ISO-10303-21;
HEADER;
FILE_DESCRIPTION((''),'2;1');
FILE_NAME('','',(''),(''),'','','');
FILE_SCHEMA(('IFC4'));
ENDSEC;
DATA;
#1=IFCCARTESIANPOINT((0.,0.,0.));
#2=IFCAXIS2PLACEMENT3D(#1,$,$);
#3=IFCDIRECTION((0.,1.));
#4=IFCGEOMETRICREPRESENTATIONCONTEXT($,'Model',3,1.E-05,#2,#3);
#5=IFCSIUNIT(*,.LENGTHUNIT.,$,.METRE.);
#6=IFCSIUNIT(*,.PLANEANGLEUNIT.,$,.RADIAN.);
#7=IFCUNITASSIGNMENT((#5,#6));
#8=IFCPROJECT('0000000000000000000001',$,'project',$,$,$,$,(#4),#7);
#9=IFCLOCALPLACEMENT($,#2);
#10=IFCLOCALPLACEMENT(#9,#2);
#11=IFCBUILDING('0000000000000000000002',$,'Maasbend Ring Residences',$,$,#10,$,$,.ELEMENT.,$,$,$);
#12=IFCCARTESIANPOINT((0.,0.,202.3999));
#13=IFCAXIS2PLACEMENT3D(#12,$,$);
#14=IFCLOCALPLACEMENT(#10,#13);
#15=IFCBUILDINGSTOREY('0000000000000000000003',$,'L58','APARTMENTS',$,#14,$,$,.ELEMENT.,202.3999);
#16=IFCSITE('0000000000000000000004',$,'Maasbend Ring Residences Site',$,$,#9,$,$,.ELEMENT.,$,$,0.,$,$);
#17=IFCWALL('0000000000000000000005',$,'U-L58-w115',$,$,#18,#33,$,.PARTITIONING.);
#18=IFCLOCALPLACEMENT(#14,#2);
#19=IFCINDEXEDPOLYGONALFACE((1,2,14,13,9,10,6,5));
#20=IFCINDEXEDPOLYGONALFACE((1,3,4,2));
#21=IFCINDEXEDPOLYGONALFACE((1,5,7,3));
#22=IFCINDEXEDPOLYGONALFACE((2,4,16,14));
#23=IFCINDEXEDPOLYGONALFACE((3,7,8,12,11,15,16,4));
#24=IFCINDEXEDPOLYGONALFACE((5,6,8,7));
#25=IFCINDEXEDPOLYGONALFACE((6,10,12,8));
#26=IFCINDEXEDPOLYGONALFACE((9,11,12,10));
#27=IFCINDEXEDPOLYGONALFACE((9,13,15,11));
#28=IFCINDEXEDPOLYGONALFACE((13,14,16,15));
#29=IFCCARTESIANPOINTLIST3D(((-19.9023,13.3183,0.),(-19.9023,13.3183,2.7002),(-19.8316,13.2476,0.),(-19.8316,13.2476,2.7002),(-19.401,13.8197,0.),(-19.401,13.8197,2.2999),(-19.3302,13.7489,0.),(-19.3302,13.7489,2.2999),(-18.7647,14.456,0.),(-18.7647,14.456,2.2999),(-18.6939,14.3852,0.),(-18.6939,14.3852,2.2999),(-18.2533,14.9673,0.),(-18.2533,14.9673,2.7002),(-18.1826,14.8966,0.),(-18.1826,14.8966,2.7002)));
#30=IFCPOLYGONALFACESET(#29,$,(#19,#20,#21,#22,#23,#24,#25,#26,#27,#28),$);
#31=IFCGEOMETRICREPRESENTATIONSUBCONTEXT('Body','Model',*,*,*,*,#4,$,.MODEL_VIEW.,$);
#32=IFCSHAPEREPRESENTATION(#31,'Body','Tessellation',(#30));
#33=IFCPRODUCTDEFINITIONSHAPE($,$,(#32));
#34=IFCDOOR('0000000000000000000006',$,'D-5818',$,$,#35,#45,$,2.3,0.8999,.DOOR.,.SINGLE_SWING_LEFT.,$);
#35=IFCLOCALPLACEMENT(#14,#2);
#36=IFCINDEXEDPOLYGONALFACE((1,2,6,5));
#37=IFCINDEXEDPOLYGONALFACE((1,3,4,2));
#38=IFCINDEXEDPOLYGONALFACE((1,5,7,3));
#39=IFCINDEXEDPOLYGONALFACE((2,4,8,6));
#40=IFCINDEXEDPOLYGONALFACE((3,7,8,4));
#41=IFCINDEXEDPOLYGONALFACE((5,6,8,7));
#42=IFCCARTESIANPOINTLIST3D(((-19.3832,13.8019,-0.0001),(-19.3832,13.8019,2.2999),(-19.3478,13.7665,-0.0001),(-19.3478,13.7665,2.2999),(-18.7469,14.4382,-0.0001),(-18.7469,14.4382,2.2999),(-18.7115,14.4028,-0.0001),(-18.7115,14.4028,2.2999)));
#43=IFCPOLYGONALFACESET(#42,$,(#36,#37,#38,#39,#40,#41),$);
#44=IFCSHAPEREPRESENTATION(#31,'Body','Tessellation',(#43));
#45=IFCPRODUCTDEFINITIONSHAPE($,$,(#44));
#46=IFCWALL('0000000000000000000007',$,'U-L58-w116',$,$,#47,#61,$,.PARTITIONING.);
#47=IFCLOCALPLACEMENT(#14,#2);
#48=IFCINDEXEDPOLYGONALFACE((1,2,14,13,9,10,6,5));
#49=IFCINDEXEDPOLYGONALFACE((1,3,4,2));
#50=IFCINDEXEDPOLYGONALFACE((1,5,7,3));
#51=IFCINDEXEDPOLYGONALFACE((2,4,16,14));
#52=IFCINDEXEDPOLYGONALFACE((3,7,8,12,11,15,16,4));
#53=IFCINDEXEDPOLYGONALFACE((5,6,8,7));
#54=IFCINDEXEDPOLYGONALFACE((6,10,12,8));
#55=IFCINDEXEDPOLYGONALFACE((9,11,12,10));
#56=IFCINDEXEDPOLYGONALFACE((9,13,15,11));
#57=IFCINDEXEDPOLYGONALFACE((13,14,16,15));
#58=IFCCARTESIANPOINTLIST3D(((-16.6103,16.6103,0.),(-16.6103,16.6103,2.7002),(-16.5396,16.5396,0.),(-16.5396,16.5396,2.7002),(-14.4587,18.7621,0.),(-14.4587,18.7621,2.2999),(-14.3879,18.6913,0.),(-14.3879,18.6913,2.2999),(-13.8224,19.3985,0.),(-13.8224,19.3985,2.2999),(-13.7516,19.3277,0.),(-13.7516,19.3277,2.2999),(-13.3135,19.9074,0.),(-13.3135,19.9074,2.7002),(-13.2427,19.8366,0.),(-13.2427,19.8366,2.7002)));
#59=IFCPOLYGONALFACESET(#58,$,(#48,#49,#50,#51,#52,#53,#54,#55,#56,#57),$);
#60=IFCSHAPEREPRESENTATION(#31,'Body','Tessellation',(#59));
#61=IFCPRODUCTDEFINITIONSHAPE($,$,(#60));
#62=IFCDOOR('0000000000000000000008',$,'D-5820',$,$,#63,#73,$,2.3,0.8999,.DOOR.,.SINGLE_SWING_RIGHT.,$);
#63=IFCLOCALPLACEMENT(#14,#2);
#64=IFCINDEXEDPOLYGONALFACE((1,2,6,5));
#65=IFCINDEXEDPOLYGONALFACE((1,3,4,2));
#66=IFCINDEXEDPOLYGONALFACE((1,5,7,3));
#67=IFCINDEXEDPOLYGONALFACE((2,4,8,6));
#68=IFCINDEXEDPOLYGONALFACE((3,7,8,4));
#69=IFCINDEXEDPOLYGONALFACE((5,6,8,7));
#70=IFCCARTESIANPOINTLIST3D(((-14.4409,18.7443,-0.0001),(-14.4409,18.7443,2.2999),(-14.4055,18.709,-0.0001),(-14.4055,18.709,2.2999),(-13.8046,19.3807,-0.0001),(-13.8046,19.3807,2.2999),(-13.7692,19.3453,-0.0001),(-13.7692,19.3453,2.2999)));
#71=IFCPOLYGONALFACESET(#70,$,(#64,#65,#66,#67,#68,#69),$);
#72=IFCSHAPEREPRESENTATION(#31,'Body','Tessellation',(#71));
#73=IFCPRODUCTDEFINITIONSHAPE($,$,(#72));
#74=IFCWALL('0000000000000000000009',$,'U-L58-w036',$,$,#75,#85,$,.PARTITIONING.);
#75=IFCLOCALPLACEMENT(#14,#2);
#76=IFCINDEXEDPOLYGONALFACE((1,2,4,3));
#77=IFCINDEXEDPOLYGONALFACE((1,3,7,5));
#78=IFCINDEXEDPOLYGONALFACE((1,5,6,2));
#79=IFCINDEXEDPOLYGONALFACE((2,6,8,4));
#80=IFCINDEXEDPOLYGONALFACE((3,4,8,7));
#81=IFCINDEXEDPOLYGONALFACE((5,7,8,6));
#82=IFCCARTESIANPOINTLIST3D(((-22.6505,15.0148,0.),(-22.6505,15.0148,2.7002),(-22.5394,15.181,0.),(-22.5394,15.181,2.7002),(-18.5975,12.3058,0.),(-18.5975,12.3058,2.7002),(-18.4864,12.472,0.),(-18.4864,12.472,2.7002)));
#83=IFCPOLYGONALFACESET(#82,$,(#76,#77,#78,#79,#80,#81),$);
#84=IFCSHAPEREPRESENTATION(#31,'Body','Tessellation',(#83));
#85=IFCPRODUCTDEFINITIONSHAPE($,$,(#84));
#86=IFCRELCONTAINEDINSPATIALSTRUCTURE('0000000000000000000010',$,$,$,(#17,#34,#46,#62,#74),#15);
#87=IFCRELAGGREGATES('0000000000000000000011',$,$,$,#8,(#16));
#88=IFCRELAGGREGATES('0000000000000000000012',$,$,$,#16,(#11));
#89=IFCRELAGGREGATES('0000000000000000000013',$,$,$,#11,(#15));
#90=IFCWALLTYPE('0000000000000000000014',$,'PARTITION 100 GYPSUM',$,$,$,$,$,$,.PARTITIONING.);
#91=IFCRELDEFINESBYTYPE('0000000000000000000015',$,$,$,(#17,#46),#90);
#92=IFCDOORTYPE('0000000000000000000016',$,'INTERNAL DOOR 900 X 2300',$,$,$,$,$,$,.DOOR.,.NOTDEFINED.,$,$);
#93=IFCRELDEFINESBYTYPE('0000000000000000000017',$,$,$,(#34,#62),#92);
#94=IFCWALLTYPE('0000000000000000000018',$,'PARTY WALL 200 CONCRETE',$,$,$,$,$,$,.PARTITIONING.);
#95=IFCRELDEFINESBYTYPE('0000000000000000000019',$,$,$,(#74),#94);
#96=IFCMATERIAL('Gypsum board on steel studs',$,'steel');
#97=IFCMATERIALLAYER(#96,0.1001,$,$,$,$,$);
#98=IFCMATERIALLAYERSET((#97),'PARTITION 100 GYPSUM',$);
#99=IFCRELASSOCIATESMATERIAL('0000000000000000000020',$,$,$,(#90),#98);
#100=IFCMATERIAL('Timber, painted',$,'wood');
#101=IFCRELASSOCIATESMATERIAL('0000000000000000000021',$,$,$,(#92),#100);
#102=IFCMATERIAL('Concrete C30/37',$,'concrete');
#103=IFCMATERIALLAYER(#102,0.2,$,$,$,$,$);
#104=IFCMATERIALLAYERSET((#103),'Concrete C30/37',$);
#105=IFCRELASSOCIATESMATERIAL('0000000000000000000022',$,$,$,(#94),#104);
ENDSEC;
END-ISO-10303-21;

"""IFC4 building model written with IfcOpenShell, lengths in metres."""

from ifc_helpers import new_model, si_unit, direction, frame, frame_2d, origin, place, context, subcontext, project, spatial, rectangle, extrude, material, layer, layer_set, type_object, element, fill, save


model = new_model("IFC4")

# Units and contexts
model_context = context("Model", 3, precision=1e-05, world=origin(), true_north=direction((0.0, 1.0)))
body_context = subcontext(model_context, "Body", "Model", "MODEL_VIEW")
ifc_project = project(units=[si_unit("LENGTHUNIT", "METRE"), si_unit("PLANEANGLEUNIT", "RADIAN")], contexts=[model_context])

# Site, building, storey
site_placement = place(None, origin())
site = spatial("IfcSite", under=ifc_project, at=site_placement, Name="Maasbend Ring Residences Site", CompositionType="ELEMENT", RefElevation=0.0)
building_placement = place(site_placement, origin())
building = spatial("IfcBuilding", under=site, at=building_placement, Name="Maasbend Ring Residences", CompositionType="ELEMENT")
storey_placement = place(building_placement, frame((0.0, 0.0, 202.3999)))
storey = spatial("IfcBuildingStorey", under=building, at=storey_placement, Name="L58", Description="APARTMENTS", CompositionType="ELEMENT", Elevation=202.3999)

# Shared definitions
ifc_material_1 = material(Name="Gypsum board on steel studs", Category="steel")
ifc_layer_1 = layer(ifc_material_1, 0.1001)
ifc_layer_set_1 = layer_set([ifc_layer_1], Name="PARTITION 100 GYPSUM")
wall_type_1 = type_object("IfcWallType", Name="PARTITION 100 GYPSUM", PredefinedType="PARTITIONING", material=ifc_layer_set_1)

# Walls, openings, doors
ifc_material_2 = material(Name="Timber, painted", Category="wood")
door_type_1 = type_object("IfcDoorType", Name="INTERNAL DOOR 900 X 2300", OperationType="NOTDEFINED", PredefinedType="DOOR", material=ifc_material_2)
wall_1_placement = place(storey_placement, frame((-19.8669, 13.283, 0.0), z_axis=(0.0, 0.0, 1.0), x_axis=(0.707107, 0.707107, 0.0)))
wall_1 = element("IfcWall", 1, at=wall_1_placement, inside=storey, type_object=wall_type_1, Name="U-L58-w115", PredefinedType="PARTITIONING", context=body_context, shape_type="SweptSolid", body=[
    extrude(rectangle(XDim=2.332, YDim=0.1001, at=frame_2d((1.166, 0.0))), origin(), (0.0, 0.0, 1.0), 2.7002),
])
opening_1_placement = place(wall_1_placement, frame((0.709, 0.0, 0.0)))
opening_1 = element("IfcOpeningElement", 2, at=opening_1_placement, cuts=wall_1, PredefinedType="OPENING", context=body_context, shape_type="SweptSolid", body=[
    extrude(rectangle(XDim=0.8999, YDim=2.3, at=frame_2d((0.45, 1.1499))), frame((0.0, 0.0601, 0.0), z_axis=(0.0, -1.0, 0.0), x_axis=(1.0, 0.0, 0.0)), (0.0, 0.0, 1.0), 0.1201),
])
door_1_placement = place(opening_1_placement, origin())
door_1 = element("IfcDoor", 3, at=door_1_placement, inside=storey, type_object=door_type_1, Name="D-5818", OperationType="SINGLE_SWING_LEFT", OverallHeight=2.3, OverallWidth=0.8999, PredefinedType="DOOR", context=body_context, shape_type="SweptSolid", body=[
    extrude(rectangle(XDim=0.8999, YDim=2.3, at=frame_2d((0.45, 1.1499))), frame((0.0, 0.0249, 0.0), z_axis=(0.0, -1.0, 0.0), x_axis=(1.0, 0.0, 0.0)), (0.0, 0.0, 1.0), 0.05),
])
fill(opening_1, door_1)
wall_2_placement = place(storey_placement, frame((-16.575, 16.575, 0.0), z_axis=(0.0, 0.0, 1.0), x_axis=(0.707081, 0.707133, 0.0)))
wall_2 = element("IfcWall", 4, at=wall_2_placement, inside=storey, type_object=wall_type_1, Name="U-L58-w116", PredefinedType="PARTITIONING", context=body_context, shape_type="SweptSolid", body=[
    extrude(rectangle(XDim=4.6626, YDim=0.1001, at=frame_2d((2.3313, 0.0))), origin(), (0.0, 0.0, 1.0), 2.7002),
])
opening_2_placement = place(wall_2_placement, frame((3.043, 0.0, 0.0)))
opening_2 = element("IfcOpeningElement", 5, at=opening_2_placement, cuts=wall_2, PredefinedType="OPENING", context=body_context, shape_type="SweptSolid", body=[
    extrude(rectangle(XDim=0.8999, YDim=2.3, at=frame_2d((0.45, 1.1499))), frame((0.0, 0.0601, 0.0), z_axis=(0.0, -1.0, 0.0), x_axis=(1.0, 0.0, 0.0)), (0.0, 0.0, 1.0), 0.1201),
])
door_2_placement = place(opening_2_placement, origin())
door_2 = element("IfcDoor", 6, at=door_2_placement, inside=storey, type_object=door_type_1, Name="D-5820", OperationType="SINGLE_SWING_RIGHT", OverallHeight=2.3, OverallWidth=0.8999, PredefinedType="DOOR", context=body_context, shape_type="SweptSolid", body=[
    extrude(rectangle(XDim=0.8999, YDim=2.3, at=frame_2d((0.45, 1.1499))), frame((0.0, 0.0249, 0.0), z_axis=(0.0, -1.0, 0.0), x_axis=(1.0, 0.0, 0.0)), (0.0, 0.0, 1.0), 0.05),
])
fill(opening_2, door_2)

# Wall
ifc_material_3 = material(Name="Concrete C30/37", Category="concrete")
ifc_layer_2 = layer(ifc_material_3, 0.2)
ifc_layer_set_2 = layer_set([ifc_layer_2], Name="Concrete C30/37")
wall_type_2 = type_object("IfcWallType", Name="PARTY WALL 200 CONCRETE", PredefinedType="PARTITIONING", material=ifc_layer_set_2)
wall_3_placement = place(storey_placement, frame((-22.595, 15.0979, 0.0), z_axis=(0.0, 0.0, 1.0), x_axis=(0.831387, -0.555694, 0.0)))
element("IfcWall", 7, at=wall_3_placement, inside=storey, type_object=wall_type_2, Name="U-L58-w036", PredefinedType="PARTITIONING", context=body_context, shape_type="SweptSolid", body=[
    extrude(rectangle(XDim=4.875, YDim=0.2, at=frame_2d((2.4375, 0.0))), origin(), (0.0, 0.0, 1.0), 2.7002),
])

save(model, "model.ifc")
